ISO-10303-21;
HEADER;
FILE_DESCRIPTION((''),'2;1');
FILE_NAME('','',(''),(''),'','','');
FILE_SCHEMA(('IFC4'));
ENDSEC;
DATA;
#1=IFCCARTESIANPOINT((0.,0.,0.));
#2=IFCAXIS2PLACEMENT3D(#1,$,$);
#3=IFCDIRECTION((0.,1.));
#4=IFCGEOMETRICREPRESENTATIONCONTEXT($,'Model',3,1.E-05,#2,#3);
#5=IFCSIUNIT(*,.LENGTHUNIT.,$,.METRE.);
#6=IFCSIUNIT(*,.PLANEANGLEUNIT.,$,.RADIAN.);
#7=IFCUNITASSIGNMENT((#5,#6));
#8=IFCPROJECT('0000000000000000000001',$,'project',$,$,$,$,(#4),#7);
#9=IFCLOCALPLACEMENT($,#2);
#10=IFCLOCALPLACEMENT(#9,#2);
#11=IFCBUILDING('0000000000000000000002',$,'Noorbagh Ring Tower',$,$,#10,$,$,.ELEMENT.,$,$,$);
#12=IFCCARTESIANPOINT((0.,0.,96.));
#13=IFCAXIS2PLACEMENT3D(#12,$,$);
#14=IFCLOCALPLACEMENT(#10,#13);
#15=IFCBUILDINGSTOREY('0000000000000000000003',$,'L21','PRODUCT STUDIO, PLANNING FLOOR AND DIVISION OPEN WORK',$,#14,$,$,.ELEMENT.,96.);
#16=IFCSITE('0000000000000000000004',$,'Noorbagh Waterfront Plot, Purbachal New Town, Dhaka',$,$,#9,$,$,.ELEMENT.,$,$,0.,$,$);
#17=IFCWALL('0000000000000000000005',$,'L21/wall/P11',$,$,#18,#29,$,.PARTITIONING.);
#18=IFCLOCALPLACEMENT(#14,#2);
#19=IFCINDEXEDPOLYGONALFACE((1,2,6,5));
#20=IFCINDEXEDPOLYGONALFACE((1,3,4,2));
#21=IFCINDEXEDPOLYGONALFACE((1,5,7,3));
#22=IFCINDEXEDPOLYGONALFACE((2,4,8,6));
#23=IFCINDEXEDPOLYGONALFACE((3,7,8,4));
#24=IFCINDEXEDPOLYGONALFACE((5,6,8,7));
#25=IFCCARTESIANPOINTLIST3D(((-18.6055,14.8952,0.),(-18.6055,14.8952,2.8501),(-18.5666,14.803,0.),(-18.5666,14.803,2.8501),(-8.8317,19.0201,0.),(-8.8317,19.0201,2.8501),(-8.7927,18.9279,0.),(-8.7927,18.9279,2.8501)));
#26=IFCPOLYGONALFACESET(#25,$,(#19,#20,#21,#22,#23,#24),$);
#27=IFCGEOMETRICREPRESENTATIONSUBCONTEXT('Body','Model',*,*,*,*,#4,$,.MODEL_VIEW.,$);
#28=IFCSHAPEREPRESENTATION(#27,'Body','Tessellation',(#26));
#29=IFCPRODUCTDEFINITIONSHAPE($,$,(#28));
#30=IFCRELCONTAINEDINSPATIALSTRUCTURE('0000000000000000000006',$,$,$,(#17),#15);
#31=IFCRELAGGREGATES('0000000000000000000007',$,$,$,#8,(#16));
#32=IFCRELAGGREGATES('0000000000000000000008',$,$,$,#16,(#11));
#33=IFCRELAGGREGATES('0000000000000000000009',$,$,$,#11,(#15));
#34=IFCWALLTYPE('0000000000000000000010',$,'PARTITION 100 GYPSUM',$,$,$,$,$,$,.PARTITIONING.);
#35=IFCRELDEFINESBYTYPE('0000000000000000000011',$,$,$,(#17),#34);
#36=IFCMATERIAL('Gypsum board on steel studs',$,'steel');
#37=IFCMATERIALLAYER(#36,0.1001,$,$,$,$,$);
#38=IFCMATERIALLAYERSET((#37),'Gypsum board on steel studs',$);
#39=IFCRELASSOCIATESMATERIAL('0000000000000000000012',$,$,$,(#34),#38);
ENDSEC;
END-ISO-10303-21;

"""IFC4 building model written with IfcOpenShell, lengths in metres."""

from ifc_helpers import new_model, si_unit, direction, frame, frame_2d, origin, place, context, subcontext, project, spatial, rectangle, extrude, material, layer, layer_set, type_object, element, save


model = new_model("IFC4")

# Units and contexts
model_context = context("Model", 3, precision=1e-05, world=origin(), true_north=direction((0.0, 1.0)))
body_context = subcontext(model_context, "Body", "Model", "MODEL_VIEW")
ifc_project = project(units=[si_unit("LENGTHUNIT", "METRE"), si_unit("PLANEANGLEUNIT", "RADIAN")], contexts=[model_context])

# Site, building, storey
site_placement = place(None, origin())
site = spatial("IfcSite", under=ifc_project, at=site_placement, Name="Noorbagh Waterfront Plot, Purbachal New Town, Dhaka", CompositionType="ELEMENT", RefElevation=0.0)
building_placement = place(site_placement, origin())
building = spatial("IfcBuilding", under=site, at=building_placement, Name="Noorbagh Ring Tower", CompositionType="ELEMENT")
storey_placement = place(building_placement, frame((0.0, 0.0, 96.0)))
storey = spatial("IfcBuildingStorey", under=building, at=storey_placement, Name="L21", Description="PRODUCT STUDIO, PLANNING FLOOR AND DIVISION OPEN WORK", CompositionType="ELEMENT", Elevation=96.0)

# Wall
ifc_material_1 = material(Name="Gypsum board on steel studs", Category="steel")
ifc_layer_1 = layer(ifc_material_1, 0.1001)
ifc_layer_set_1 = layer_set([ifc_layer_1], Name="Gypsum board on steel studs")
wall_type_1 = type_object("IfcWallType", Name="PARTITION 100 GYPSUM", PredefinedType="PARTITIONING", material=ifc_layer_set_1)
wall_1_placement = place(storey_placement, frame((-18.5859, 14.8491, 0.0), z_axis=(0.0, 0.0, 1.0), x_axis=(0.921309, 0.388831, 0.0)))
element("IfcWall", 1, at=wall_1_placement, inside=storey, type_object=wall_type_1, Name="L21/wall/P11", PredefinedType="PARTITIONING", context=body_context, shape_type="SweptSolid", body=[
    extrude(rectangle(XDim=10.6086, YDim=0.1001, at=frame_2d((5.3042, 0.0))), origin(), (0.0, 0.0, 1.0), 2.8501),
])

save(model, "model.ifc")
